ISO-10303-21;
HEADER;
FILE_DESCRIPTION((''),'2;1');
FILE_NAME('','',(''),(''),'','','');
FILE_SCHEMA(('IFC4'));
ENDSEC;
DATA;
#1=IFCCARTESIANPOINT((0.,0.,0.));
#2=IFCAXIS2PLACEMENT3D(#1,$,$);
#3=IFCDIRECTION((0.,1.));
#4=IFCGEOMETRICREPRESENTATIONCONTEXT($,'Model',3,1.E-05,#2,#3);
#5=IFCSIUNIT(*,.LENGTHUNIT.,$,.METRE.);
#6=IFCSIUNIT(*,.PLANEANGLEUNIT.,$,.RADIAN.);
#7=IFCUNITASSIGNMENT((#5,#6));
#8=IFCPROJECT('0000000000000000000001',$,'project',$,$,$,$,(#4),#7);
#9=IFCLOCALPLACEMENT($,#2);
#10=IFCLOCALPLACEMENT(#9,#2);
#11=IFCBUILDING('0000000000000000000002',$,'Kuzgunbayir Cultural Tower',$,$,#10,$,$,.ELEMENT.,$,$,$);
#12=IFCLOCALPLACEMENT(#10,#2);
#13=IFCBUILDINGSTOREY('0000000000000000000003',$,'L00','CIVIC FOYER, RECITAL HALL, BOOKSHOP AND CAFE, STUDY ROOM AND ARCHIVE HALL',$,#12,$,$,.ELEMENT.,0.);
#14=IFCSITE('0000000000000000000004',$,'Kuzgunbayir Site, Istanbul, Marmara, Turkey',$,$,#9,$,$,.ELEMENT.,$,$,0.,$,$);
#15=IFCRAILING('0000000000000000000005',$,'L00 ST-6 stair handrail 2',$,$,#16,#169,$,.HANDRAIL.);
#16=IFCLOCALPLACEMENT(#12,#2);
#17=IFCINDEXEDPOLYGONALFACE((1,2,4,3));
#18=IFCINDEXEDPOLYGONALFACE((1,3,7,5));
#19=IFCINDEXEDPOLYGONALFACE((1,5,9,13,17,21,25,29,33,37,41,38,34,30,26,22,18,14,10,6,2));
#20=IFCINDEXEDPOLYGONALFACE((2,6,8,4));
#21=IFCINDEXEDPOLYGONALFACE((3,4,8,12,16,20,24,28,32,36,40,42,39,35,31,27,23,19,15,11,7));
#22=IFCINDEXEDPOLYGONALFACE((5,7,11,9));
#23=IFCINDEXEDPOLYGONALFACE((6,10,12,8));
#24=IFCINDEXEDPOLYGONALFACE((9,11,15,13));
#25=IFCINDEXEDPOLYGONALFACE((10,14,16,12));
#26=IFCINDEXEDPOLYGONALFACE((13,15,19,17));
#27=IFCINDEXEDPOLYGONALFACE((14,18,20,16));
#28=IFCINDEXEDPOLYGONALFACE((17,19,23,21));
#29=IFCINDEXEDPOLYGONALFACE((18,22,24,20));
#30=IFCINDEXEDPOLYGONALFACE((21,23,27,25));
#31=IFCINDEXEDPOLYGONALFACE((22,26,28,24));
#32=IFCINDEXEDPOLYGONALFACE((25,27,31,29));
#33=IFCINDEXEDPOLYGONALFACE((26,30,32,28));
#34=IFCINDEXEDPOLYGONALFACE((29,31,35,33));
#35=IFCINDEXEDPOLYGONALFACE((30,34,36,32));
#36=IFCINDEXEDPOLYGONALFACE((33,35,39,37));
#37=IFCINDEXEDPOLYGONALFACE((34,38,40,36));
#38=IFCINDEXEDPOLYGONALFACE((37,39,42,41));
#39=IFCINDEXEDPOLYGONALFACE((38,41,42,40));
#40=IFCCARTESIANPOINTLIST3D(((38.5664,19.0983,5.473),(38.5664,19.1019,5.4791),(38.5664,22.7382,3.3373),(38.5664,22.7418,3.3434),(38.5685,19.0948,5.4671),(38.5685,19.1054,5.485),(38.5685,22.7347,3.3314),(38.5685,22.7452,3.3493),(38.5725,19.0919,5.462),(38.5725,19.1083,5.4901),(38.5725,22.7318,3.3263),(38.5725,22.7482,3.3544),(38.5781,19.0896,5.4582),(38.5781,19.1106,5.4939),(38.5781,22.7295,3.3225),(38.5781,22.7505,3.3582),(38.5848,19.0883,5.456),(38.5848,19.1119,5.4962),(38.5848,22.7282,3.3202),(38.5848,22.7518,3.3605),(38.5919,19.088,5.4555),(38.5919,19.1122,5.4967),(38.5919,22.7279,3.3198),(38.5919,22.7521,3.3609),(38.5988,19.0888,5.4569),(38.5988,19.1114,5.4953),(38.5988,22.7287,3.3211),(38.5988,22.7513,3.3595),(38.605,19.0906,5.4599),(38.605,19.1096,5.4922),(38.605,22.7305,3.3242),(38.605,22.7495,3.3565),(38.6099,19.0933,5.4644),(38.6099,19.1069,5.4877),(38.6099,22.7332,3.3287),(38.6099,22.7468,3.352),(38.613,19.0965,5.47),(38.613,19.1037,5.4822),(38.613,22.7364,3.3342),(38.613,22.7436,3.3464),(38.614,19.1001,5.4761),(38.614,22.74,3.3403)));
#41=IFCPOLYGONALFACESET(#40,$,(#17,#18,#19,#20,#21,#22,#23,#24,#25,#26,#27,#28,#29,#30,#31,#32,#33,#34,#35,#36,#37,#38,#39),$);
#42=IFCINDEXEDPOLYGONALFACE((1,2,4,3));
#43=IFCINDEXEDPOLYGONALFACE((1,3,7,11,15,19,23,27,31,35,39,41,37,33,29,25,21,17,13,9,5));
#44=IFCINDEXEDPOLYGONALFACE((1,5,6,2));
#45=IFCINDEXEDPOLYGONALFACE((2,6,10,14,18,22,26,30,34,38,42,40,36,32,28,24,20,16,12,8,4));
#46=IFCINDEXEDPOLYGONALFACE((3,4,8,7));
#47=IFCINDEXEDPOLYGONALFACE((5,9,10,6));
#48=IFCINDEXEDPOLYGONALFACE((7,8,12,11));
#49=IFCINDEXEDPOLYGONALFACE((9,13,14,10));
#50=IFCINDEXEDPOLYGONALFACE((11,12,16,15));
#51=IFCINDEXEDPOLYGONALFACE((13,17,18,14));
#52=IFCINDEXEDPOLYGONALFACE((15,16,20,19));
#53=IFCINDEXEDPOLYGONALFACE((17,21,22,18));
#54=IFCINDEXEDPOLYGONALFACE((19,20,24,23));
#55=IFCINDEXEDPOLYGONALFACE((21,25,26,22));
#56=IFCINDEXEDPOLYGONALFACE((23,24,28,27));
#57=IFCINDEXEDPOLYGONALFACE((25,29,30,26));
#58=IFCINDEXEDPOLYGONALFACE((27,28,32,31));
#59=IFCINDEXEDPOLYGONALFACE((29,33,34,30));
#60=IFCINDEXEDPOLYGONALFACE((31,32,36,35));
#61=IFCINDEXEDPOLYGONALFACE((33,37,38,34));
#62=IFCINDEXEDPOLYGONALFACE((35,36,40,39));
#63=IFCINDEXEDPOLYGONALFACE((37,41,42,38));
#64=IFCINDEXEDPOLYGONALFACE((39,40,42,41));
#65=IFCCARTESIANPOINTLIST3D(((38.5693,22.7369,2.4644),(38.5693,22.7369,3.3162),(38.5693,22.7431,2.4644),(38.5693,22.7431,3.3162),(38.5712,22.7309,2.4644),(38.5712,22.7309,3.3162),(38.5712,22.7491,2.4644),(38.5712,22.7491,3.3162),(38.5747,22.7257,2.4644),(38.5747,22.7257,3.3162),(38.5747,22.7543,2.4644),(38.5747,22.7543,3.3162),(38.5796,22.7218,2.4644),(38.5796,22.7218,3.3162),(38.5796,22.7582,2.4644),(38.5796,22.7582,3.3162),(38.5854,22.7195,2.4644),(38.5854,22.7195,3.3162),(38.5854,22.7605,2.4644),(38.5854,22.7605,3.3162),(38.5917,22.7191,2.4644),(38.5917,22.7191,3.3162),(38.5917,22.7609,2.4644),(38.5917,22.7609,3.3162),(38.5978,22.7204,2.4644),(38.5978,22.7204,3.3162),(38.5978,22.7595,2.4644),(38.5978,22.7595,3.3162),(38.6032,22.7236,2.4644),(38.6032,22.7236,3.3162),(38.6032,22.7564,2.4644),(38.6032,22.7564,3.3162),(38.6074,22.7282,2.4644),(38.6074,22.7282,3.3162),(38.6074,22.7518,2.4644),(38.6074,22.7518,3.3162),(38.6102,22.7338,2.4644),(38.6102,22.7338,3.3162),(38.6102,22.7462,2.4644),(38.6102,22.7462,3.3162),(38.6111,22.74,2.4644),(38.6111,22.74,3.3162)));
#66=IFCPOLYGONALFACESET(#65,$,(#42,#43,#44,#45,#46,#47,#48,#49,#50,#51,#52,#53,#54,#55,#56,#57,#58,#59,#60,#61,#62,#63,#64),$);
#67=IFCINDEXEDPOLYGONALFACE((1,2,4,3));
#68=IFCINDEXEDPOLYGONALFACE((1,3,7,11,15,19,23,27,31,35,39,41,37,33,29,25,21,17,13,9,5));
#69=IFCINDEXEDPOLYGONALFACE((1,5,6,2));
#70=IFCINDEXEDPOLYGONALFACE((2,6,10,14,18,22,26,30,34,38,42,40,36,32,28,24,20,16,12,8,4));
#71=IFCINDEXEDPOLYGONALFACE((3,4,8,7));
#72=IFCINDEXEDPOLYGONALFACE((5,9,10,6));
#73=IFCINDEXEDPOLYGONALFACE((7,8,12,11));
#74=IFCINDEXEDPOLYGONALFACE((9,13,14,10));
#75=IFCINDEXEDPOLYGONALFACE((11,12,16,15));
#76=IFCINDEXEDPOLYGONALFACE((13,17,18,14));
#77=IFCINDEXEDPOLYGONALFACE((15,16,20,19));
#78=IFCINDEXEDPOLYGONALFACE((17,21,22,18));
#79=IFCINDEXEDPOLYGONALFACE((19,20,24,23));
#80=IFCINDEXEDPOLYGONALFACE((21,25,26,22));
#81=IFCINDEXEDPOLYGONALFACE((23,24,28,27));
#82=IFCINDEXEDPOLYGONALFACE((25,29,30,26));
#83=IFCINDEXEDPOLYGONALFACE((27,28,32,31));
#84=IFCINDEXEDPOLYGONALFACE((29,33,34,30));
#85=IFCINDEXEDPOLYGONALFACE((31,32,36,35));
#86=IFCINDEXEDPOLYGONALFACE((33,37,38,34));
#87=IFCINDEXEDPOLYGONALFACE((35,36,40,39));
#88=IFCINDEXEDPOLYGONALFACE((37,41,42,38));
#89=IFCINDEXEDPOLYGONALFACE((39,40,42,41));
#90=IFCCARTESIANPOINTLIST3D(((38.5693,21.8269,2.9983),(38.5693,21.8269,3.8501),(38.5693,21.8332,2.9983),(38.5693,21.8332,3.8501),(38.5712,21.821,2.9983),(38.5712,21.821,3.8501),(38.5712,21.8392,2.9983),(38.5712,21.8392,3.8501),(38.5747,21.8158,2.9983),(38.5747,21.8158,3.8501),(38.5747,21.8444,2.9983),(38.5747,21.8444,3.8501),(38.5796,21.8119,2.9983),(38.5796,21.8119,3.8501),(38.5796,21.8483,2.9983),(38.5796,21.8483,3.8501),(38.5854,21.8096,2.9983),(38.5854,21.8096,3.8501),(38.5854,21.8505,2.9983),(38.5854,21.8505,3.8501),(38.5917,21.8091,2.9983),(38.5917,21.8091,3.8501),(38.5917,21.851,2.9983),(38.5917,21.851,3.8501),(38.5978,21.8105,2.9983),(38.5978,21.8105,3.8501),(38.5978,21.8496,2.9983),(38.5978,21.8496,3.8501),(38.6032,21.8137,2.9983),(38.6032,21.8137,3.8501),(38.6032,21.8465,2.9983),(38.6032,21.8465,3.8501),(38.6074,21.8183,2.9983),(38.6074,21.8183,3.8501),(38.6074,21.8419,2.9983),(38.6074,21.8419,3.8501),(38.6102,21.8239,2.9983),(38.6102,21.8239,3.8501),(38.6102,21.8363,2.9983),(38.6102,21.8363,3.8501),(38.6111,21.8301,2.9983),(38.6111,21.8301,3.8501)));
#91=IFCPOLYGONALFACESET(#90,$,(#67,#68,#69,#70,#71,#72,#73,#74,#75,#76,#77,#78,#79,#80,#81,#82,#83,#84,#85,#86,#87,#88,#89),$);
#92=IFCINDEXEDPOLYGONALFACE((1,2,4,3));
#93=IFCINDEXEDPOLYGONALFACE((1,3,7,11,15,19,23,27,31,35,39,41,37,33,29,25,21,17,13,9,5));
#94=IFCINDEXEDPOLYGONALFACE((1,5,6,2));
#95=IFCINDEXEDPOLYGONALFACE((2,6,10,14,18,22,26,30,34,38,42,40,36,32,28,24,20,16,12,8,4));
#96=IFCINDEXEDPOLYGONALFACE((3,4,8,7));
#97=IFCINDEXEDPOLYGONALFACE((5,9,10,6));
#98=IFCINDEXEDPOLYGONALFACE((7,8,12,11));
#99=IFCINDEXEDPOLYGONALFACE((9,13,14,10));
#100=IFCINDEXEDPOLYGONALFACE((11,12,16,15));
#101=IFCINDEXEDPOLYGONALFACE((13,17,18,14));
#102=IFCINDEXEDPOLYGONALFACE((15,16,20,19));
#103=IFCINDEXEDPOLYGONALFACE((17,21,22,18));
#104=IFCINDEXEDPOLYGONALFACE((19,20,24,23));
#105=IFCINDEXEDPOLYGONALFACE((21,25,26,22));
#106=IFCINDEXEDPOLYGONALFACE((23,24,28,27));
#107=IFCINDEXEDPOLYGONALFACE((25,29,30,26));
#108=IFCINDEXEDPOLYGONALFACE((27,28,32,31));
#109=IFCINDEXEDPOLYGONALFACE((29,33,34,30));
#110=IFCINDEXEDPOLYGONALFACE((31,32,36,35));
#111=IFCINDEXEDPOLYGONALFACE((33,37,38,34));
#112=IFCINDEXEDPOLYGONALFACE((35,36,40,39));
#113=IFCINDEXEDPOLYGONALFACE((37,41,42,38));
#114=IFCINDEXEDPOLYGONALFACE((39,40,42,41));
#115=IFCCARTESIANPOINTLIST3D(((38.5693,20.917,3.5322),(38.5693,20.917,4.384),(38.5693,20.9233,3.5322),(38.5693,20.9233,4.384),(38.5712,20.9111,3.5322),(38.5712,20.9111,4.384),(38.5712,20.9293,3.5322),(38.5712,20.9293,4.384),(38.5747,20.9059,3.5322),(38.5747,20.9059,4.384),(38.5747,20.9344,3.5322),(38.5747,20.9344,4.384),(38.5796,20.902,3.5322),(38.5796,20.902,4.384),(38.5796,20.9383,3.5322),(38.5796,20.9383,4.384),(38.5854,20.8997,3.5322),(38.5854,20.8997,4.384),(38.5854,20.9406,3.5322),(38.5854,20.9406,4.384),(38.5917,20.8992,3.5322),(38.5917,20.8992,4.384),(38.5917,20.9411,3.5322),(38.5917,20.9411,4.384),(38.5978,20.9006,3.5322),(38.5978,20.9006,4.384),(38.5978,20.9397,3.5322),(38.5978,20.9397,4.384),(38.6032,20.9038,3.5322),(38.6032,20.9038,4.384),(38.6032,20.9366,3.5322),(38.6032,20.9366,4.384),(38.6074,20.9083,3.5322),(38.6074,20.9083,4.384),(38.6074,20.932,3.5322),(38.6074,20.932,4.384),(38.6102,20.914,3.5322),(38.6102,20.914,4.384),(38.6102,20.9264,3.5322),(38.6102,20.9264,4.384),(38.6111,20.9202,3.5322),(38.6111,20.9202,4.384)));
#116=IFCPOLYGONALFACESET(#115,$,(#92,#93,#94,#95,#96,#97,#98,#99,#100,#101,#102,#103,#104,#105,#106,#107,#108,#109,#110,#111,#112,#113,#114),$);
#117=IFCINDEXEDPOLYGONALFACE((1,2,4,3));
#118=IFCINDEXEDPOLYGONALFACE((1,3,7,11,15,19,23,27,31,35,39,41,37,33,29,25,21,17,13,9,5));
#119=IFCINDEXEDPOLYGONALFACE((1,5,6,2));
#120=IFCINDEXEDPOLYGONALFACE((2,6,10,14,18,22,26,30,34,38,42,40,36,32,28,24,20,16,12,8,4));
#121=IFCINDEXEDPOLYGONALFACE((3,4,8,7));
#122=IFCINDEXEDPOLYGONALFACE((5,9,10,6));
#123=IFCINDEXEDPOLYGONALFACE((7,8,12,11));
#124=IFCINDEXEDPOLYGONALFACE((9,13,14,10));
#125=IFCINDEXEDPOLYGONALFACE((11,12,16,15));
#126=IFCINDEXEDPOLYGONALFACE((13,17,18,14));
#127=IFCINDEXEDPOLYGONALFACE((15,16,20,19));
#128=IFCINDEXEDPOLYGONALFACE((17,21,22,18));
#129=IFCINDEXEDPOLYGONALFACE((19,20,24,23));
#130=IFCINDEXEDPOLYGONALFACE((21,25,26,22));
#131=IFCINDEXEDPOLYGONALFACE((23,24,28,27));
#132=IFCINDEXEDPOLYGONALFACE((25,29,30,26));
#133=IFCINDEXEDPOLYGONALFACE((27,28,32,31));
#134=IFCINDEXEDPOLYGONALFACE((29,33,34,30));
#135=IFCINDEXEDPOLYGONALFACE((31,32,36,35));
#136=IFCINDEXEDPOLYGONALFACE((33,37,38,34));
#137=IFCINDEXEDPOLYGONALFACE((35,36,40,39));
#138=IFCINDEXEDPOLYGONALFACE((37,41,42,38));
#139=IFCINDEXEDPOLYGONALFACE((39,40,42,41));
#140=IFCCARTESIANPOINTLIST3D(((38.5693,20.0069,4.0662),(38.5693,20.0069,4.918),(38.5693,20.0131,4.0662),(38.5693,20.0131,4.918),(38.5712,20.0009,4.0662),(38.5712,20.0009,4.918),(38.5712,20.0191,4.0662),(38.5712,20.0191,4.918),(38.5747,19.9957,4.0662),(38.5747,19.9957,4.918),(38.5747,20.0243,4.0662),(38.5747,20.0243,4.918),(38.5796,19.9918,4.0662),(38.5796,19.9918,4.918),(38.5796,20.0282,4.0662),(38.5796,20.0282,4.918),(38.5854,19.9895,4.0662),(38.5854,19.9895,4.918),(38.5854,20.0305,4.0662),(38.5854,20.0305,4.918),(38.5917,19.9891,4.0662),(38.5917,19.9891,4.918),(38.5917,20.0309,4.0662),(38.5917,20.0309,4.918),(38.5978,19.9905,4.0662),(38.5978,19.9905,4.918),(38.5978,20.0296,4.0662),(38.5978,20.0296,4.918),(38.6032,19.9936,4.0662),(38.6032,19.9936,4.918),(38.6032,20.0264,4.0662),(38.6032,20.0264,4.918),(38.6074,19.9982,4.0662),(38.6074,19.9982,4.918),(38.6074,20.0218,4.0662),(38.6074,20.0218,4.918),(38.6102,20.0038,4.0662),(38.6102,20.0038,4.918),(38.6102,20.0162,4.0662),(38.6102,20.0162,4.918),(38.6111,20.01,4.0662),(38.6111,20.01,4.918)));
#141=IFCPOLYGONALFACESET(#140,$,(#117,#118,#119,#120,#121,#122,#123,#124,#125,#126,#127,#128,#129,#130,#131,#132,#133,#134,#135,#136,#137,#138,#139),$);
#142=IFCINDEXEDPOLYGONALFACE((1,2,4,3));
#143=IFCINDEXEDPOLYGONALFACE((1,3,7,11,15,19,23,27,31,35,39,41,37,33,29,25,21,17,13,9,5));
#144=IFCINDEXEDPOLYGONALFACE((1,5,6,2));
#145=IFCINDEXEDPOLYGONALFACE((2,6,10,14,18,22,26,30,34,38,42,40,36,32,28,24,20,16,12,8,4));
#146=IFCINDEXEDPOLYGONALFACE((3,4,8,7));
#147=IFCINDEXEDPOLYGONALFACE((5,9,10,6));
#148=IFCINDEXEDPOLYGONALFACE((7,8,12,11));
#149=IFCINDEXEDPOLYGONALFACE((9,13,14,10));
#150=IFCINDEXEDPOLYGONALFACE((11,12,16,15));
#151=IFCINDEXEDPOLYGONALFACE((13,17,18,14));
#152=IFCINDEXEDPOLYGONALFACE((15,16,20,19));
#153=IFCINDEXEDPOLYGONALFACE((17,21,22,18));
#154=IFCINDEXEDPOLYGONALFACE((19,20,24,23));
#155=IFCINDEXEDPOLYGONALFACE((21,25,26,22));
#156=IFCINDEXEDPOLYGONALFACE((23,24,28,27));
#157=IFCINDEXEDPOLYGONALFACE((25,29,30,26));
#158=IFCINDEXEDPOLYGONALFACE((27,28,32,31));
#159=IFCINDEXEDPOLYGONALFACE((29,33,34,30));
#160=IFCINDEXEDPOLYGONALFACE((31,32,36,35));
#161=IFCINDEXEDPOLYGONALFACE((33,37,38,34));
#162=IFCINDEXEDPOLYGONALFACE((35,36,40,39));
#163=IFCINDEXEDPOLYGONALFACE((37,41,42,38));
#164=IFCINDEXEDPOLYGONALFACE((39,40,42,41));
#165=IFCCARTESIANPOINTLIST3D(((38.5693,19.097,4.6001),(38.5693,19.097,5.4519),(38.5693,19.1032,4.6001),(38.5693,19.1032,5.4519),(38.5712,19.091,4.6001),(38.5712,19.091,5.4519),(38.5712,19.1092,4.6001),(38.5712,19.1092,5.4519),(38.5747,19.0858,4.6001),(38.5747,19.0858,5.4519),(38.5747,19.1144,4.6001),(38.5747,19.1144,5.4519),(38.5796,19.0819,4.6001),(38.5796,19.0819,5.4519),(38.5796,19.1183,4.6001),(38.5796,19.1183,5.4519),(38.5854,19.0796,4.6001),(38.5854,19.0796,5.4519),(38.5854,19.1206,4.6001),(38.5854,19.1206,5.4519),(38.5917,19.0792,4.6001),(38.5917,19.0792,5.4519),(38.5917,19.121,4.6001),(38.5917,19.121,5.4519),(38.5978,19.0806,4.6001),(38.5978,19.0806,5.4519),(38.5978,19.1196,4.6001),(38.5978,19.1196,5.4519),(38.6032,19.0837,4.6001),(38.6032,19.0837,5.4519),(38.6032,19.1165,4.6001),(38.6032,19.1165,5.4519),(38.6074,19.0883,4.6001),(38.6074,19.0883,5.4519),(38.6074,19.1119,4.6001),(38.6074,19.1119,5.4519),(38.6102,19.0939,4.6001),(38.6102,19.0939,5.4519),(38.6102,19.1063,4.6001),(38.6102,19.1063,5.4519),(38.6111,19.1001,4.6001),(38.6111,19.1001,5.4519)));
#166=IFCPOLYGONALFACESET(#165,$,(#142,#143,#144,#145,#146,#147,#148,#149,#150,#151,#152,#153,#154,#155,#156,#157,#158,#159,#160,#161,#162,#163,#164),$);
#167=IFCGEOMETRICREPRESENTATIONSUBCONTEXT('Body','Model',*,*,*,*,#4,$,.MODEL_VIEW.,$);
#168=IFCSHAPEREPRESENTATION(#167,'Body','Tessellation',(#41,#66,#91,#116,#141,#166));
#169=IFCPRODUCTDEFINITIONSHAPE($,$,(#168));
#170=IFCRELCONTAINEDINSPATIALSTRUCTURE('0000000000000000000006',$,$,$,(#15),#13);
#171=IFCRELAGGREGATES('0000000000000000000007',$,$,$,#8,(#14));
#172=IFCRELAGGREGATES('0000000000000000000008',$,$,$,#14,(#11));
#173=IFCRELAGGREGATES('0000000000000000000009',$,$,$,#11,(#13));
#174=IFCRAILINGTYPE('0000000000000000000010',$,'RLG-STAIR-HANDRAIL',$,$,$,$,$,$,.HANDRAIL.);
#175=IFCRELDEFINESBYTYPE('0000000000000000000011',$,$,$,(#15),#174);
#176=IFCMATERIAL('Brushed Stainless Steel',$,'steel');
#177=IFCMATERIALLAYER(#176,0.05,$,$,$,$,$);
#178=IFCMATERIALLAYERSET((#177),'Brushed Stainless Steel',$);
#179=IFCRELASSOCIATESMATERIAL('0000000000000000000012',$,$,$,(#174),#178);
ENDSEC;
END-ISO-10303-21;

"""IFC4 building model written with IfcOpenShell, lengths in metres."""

from ifc_helpers import new_model, si_unit, direction, frame, origin, origin_2d, place, context, subcontext, project, spatial, circle, extrude, material, layer, layer_set, type_object, element, save


model = new_model("IFC4")

# Units and contexts
model_context = context("Model", 3, precision=1e-05, world=origin(), true_north=direction((0.0, 1.0)))
body_context = subcontext(model_context, "Body", "Model", "MODEL_VIEW")
ifc_project = project(units=[si_unit("LENGTHUNIT", "METRE"), si_unit("PLANEANGLEUNIT", "RADIAN")], contexts=[model_context])

# Site, building, storey
site_placement = place(None, origin())
site = spatial("IfcSite", under=ifc_project, at=site_placement, Name="Kuzgunbayir Site, Istanbul, Marmara, Turkey", CompositionType="ELEMENT", RefElevation=0.0)
building_placement = place(site_placement, origin())
building = spatial("IfcBuilding", under=site, at=building_placement, Name="Kuzgunbayir Cultural Tower", CompositionType="ELEMENT")
storey_placement = place(building_placement, origin())
storey = spatial("IfcBuildingStorey", under=building, at=storey_placement, Name="L00", Description="CIVIC FOYER, RECITAL HALL, BOOKSHOP AND CAFE, STUDY ROOM AND ARCHIVE HALL", CompositionType="ELEMENT", Elevation=0.0)

# Railing
ifc_material_1 = material(Name="Brushed Stainless Steel", Category="steel")
ifc_layer_1 = layer(ifc_material_1, 0.05)
ifc_layer_set_1 = layer_set([ifc_layer_1], Name="Brushed Stainless Steel")
railing_type_1 = type_object("IfcRailingType", Name="RLG-STAIR-HANDRAIL", PredefinedType="HANDRAIL", material=ifc_layer_set_1)
railing_1_placement = place(storey_placement, frame((38.5901, 22.74, 2.4644)))
element("IfcRailing", 1, at=railing_1_placement, inside=storey, type_object=railing_type_1, Name="L00 ST-6 stair handrail 2", PredefinedType="HANDRAIL", context=body_context, shape_type="SweptSolid", body=[
    extrude(circle(Radius=0.0239, at=origin_2d()), frame((0.0, 0.0, 0.876), z_axis=(0.0, -0.86249, 0.506074), x_axis=(1.0, 0.0, 0.0)), (0.0, 0.0, 1.0), 4.2202),
    extrude(circle(Radius=0.021, at=origin_2d()), origin(), (0.0, 0.0, 1.0), 0.8518),
    extrude(circle(Radius=0.021, at=origin_2d()), frame((0.0, -0.9099, 0.5339)), (0.0, 0.0, 1.0), 0.8518),
    extrude(circle(Radius=0.021, at=origin_2d()), frame((0.0, -1.8198, 1.0679)), (0.0, 0.0, 1.0), 0.8518),
    extrude(circle(Radius=0.021, at=origin_2d()), frame((0.0, -2.73, 1.6018)), (0.0, 0.0, 1.0), 0.8518),
    extrude(circle(Radius=0.021, at=origin_2d()), frame((0.0, -3.6399, 2.1357)), (0.0, 0.0, 1.0), 0.8518),
])

save(model, "model.ifc")
